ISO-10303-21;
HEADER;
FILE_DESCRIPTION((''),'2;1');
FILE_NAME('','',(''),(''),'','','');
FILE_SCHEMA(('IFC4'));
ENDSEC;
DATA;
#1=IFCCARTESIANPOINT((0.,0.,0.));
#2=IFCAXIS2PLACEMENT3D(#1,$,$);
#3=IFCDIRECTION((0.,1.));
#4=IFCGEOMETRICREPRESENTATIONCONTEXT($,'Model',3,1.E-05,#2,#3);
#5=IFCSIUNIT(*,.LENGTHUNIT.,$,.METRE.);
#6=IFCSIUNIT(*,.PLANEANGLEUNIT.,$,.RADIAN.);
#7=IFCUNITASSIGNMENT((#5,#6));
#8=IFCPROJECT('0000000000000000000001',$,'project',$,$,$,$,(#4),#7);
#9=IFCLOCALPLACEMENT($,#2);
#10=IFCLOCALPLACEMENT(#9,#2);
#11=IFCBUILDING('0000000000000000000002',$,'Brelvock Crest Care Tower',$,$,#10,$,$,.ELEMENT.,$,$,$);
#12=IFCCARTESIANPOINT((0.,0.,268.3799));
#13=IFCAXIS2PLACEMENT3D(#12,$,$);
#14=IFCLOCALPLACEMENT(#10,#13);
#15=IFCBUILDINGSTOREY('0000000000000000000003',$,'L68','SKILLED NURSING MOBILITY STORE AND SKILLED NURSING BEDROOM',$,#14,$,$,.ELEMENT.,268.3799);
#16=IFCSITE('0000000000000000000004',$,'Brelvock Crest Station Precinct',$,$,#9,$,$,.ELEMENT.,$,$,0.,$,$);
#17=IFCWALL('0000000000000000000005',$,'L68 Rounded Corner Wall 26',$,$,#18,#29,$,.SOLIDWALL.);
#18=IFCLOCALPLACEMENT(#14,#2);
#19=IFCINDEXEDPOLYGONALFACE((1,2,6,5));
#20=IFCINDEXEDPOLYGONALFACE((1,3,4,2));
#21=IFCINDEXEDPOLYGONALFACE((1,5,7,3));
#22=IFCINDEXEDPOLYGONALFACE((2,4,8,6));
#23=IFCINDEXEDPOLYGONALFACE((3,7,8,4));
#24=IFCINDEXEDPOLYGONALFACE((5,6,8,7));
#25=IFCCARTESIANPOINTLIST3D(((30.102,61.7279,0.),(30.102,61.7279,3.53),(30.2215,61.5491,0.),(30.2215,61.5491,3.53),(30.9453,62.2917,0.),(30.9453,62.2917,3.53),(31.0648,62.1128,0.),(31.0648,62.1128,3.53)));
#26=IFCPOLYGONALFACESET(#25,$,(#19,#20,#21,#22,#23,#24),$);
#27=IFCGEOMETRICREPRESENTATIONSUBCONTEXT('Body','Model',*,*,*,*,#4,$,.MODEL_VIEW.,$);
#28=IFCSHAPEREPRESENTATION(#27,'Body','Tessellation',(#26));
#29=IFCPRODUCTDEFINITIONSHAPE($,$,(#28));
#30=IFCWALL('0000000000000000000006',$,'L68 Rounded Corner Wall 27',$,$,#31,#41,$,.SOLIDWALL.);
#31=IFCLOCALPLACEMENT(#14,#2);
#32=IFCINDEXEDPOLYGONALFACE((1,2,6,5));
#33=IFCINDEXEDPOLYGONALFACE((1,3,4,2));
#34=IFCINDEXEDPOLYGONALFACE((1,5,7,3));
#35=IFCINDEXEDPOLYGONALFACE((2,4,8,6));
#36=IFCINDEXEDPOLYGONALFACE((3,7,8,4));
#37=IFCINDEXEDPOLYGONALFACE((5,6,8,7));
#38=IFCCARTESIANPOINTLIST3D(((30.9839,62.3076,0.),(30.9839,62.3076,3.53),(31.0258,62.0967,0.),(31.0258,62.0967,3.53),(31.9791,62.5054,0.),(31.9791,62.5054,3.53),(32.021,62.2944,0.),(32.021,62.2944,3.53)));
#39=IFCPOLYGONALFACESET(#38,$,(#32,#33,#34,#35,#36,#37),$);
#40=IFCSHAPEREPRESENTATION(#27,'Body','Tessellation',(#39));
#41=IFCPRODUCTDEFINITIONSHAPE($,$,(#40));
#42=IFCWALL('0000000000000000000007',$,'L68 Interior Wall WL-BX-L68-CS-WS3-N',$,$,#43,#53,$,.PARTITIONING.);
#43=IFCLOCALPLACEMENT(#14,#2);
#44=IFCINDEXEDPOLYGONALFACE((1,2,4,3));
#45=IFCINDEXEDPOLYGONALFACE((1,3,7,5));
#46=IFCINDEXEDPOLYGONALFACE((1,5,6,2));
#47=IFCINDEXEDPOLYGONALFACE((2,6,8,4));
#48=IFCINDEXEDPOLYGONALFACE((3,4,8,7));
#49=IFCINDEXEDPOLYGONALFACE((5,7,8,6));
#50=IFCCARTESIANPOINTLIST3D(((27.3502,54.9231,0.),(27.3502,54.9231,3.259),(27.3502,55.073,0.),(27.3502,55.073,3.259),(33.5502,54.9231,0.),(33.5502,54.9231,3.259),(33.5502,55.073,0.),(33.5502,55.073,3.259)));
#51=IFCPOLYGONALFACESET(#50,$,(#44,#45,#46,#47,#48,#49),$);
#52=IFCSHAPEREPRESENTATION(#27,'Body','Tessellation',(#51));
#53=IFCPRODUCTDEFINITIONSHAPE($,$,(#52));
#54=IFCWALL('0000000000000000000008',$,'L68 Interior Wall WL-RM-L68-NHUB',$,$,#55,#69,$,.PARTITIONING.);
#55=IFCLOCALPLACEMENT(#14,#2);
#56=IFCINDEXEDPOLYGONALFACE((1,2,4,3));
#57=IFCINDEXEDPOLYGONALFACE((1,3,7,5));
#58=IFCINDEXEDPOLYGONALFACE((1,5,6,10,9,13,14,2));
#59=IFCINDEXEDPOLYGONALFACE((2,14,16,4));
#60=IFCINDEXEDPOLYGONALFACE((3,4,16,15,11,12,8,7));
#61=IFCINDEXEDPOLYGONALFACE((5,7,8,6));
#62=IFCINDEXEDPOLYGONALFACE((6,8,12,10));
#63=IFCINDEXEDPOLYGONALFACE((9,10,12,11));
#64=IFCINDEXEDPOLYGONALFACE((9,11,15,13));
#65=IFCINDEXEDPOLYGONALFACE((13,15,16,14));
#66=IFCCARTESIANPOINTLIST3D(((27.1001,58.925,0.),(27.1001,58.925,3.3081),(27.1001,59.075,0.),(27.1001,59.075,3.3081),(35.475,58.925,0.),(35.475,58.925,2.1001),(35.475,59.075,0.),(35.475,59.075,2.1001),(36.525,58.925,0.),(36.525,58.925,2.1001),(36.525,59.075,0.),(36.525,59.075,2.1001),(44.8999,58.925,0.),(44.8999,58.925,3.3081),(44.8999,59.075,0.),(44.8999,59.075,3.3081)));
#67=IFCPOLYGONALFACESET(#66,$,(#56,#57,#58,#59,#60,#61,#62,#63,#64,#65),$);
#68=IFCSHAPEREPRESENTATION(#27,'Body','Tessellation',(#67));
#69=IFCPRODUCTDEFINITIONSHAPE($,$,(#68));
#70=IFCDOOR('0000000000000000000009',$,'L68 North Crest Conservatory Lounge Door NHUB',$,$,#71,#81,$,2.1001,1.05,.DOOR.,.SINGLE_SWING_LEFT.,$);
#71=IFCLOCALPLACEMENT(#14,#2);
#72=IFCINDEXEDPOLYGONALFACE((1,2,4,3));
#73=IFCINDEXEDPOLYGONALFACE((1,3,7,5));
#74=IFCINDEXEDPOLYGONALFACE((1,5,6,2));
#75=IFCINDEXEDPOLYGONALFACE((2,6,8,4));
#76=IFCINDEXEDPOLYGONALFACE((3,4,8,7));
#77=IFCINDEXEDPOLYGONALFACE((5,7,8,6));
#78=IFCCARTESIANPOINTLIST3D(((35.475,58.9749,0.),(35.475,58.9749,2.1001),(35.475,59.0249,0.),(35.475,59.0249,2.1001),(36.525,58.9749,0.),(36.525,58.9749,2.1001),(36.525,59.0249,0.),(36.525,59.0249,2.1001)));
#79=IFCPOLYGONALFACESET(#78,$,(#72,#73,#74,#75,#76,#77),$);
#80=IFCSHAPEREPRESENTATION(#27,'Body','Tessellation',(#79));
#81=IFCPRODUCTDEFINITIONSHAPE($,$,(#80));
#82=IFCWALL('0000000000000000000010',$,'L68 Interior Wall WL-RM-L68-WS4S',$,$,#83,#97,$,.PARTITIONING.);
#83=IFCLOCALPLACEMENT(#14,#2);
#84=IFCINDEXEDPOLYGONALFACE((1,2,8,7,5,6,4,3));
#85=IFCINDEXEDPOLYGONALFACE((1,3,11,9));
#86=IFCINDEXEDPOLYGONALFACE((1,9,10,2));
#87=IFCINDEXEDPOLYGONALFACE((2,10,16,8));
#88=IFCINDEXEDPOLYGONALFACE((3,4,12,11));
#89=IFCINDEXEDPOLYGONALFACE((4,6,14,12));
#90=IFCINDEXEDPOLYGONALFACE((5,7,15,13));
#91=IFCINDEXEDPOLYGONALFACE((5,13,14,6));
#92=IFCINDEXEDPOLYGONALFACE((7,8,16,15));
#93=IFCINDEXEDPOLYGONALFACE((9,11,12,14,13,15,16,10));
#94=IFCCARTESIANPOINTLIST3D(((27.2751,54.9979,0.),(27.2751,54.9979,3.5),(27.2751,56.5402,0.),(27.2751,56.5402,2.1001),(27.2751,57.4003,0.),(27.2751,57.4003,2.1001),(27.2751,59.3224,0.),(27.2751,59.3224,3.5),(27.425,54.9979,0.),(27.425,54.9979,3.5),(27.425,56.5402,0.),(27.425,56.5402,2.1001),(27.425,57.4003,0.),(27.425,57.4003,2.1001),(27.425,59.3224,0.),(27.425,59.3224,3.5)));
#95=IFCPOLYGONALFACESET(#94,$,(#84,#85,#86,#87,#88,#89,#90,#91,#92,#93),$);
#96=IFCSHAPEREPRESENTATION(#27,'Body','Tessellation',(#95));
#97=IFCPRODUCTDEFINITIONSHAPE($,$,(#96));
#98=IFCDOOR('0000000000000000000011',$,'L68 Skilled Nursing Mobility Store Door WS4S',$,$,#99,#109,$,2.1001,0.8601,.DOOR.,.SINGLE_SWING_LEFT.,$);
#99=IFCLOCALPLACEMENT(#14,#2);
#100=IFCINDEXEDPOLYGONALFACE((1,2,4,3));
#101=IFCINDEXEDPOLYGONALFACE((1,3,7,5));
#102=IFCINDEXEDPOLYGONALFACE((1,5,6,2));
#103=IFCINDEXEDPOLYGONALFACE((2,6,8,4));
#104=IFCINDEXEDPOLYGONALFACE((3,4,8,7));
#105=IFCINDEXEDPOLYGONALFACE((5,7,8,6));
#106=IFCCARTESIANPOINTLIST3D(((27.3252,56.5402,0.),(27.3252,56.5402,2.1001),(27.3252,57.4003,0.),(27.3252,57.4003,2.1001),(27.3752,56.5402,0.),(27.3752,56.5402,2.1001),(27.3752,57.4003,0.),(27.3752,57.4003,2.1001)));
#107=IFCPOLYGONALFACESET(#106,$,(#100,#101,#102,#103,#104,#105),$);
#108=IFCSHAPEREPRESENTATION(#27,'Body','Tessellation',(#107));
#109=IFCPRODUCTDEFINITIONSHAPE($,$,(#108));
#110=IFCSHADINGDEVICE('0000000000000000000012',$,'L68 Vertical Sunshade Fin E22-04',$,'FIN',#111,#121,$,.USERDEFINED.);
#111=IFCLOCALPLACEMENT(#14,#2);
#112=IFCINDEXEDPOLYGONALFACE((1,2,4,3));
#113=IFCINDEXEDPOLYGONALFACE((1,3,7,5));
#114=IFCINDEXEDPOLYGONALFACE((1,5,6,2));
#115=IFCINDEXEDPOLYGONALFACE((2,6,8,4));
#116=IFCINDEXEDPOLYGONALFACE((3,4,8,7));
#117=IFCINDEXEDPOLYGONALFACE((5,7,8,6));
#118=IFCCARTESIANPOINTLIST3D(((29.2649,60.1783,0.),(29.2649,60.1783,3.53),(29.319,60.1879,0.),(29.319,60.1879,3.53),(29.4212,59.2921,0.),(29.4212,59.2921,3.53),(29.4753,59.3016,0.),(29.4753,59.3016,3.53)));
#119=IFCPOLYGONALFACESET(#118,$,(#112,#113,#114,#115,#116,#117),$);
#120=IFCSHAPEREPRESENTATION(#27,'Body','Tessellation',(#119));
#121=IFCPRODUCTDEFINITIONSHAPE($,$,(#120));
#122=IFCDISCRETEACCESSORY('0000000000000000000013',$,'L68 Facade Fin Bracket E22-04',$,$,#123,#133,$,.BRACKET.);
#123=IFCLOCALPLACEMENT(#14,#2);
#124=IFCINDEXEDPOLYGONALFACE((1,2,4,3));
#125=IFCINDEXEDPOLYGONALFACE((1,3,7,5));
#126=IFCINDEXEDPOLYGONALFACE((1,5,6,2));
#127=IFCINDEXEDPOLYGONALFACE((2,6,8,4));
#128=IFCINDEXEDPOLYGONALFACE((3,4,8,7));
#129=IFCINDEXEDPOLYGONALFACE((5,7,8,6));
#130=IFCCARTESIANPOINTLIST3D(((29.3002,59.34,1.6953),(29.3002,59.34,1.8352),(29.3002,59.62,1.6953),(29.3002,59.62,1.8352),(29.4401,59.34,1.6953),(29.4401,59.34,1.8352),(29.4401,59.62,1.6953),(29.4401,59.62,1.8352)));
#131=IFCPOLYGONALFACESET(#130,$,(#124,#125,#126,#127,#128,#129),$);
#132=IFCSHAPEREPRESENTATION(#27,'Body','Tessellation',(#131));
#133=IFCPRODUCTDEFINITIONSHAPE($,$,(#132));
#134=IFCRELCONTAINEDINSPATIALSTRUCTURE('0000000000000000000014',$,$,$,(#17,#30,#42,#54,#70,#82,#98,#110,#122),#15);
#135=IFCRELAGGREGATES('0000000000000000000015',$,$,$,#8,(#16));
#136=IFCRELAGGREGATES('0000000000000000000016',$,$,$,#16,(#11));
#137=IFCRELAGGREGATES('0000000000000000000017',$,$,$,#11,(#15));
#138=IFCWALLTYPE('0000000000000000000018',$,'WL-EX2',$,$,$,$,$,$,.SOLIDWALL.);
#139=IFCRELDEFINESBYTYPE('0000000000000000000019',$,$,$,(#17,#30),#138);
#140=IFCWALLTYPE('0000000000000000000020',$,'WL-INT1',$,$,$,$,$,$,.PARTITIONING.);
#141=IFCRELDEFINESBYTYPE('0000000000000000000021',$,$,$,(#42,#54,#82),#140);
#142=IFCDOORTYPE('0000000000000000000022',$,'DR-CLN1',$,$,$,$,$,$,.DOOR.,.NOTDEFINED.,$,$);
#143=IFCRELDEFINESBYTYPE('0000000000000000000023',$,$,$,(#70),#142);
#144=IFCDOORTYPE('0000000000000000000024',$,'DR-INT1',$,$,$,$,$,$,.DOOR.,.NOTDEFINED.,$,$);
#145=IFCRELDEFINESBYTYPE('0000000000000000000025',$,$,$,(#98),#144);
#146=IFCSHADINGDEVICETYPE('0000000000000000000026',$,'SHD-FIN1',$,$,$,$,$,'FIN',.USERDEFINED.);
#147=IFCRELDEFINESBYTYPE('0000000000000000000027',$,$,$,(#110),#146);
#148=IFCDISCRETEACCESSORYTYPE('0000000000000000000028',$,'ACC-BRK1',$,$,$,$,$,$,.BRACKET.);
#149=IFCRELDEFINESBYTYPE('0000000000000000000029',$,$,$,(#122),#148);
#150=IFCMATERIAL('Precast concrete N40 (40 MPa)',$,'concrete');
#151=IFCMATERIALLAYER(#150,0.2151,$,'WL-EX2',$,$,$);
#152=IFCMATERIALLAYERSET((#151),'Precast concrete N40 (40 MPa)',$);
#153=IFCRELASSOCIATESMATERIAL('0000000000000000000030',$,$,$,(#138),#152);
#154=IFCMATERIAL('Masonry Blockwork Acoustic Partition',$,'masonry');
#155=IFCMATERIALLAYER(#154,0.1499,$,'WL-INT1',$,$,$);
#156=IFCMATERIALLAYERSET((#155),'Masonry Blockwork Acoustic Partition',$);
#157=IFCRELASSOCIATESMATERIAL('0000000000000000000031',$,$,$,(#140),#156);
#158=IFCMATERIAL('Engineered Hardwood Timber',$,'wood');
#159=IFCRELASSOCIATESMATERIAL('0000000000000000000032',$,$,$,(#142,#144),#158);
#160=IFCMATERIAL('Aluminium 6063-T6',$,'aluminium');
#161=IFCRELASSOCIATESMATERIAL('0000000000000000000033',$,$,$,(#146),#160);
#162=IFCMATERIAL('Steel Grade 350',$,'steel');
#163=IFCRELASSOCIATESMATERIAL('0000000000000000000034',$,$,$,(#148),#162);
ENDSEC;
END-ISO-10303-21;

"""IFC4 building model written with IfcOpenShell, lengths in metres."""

from ifc_helpers import new_model, si_unit, direction, frame, frame_2d, origin, origin_2d, place, context, subcontext, project, spatial, rectangle, extrude, source, transform, mapped, material, layer, layer_set, material_profile, profile_set, type_object, element, fill, save


model = new_model("IFC4")

# Units and contexts
model_context = context("Model", 3, precision=1e-05, world=origin(), true_north=direction((0.0, 1.0)))
body_context = subcontext(model_context, "Body", "Model", "MODEL_VIEW")
ifc_project = project(units=[si_unit("LENGTHUNIT", "METRE"), si_unit("PLANEANGLEUNIT", "RADIAN")], contexts=[model_context])

# Site, building, storey
site_placement = place(None, origin())
site = spatial("IfcSite", under=ifc_project, at=site_placement, Name="Brelvock Crest Station Precinct", CompositionType="ELEMENT", RefElevation=0.0)
building_placement = place(site_placement, origin())
building = spatial("IfcBuilding", under=site, at=building_placement, Name="Brelvock Crest Care Tower", CompositionType="ELEMENT")
storey_placement = place(building_placement, frame((0.0, 0.0, 268.3799)))
storey = spatial("IfcBuildingStorey", under=building, at=storey_placement, Name="L68", Description="SKILLED NURSING MOBILITY STORE AND SKILLED NURSING BEDROOM", CompositionType="ELEMENT", Elevation=268.3799)

# Shared definitions
ifc_material_1 = material(Name="Steel Grade 350", Category="steel")

# Shared definitions
ifc_material_2 = material(Name="Aluminium 6063-T6", Category="aluminium")

# Walls
ifc_material_3 = material(Name="Precast concrete N40 (40 MPa)", Category="concrete")
ifc_layer_1 = layer(ifc_material_3, 0.2151, Name="WL-EX2")
ifc_layer_set_1 = layer_set([ifc_layer_1], Name="Precast concrete N40 (40 MPa)")
wall_type_1 = type_object("IfcWallType", Name="WL-EX2", PredefinedType="SOLIDWALL", material=ifc_layer_set_1)
wall_1_placement = place(storey_placement, frame((30.1616, 61.6384, 0.0), z_axis=(0.0, 0.0, 1.0), x_axis=(0.831346, 0.555755, 0.0)))
element("IfcWall", 1, at=wall_1_placement, inside=storey, type_object=wall_type_1, Name="L68 Rounded Corner Wall 26", PredefinedType="SOLIDWALL", context=body_context, shape_type="SweptSolid", body=[
    extrude(rectangle(XDim=1.0144, YDim=0.2151, at=frame_2d((0.5073, 0.0))), origin(), (0.0, 0.0, 1.0), 3.53),
])
wall_2_placement = place(storey_placement, frame((31.0049, 62.2021, 0.0), z_axis=(0.0, 0.0, 1.0), x_axis=(0.980821, 0.194913, 0.0)))
element("IfcWall", 2, at=wall_2_placement, inside=storey, type_object=wall_type_1, Name="L68 Rounded Corner Wall 27", PredefinedType="SOLIDWALL", context=body_context, shape_type="SweptSolid", body=[
    extrude(rectangle(XDim=1.0146, YDim=0.2151, at=frame_2d((0.5073, 0.0))), origin(), (0.0, 0.0, 1.0), 3.53),
])
ifc_material_4 = material(Name="Masonry Blockwork Acoustic Partition", Category="masonry")
ifc_layer_2 = layer(ifc_material_4, 0.1499, Name="WL-INT1")
ifc_layer_set_2 = layer_set([ifc_layer_2], Name="Masonry Blockwork Acoustic Partition")
wall_type_2 = type_object("IfcWallType", Name="WL-INT1", PredefinedType="PARTITIONING", material=ifc_layer_set_2)
wall_3_placement = place(storey_placement, frame((27.3501, 54.998, 0.0), z_axis=(0.0, 0.0, 1.0), x_axis=(1.0, 0.0, 0.0)))
element("IfcWall", 3, at=wall_3_placement, inside=storey, type_object=wall_type_2, Name="L68 Interior Wall WL-BX-L68-CS-WS3-N", PredefinedType="PARTITIONING", context=body_context, shape_type="SweptSolid", body=[
    extrude(rectangle(XDim=6.2, YDim=0.1499, at=frame_2d((3.1001, 0.0))), origin(), (0.0, 0.0, 1.0), 3.259),
])

# Walls, openings, doors
wall_4_placement = place(storey_placement, frame((27.1001, 59.0, 0.0), z_axis=(0.0, 0.0, 1.0), x_axis=(1.0, 0.0, 0.0)))
wall_4 = element("IfcWall", 4, at=wall_4_placement, inside=storey, type_object=wall_type_2, Name="L68 Interior Wall WL-RM-L68-NHUB", PredefinedType="PARTITIONING", context=body_context, shape_type="SweptSolid", body=[
    extrude(rectangle(XDim=17.7998, YDim=0.1499, at=frame_2d((8.8999, 0.0))), origin(), (0.0, 0.0, 1.0), 3.3081),
])
opening_1_placement = place(wall_4_placement, frame((8.375, 0.0, 0.0)))
opening_1 = element("IfcOpeningElement", 5, at=opening_1_placement, cuts=wall_4, PredefinedType="OPENING", context=body_context, shape_type="SweptSolid", body=[
    extrude(rectangle(XDim=1.05, YDim=2.1001, at=origin_2d()), frame((0.5249, 0.085, 1.05), z_axis=(0.0, -1.0, 0.0), x_axis=(1.0, 0.0, 0.0)), (0.0, 0.0, 1.0), 0.1699),
])
ifc_material_5 = material(Name="Engineered Hardwood Timber", Category="wood")
door_type_1 = type_object("IfcDoorType", Name="DR-CLN1", OperationType="NOTDEFINED", PredefinedType="DOOR", material=ifc_material_5)
shared_shape_1 = source(origin(), body_context, "Body", "SweptSolid", [
    extrude(rectangle(XDim=1.05, YDim=2.1001, at=origin_2d()), frame((0.5249, 0.0249, 1.05), z_axis=(0.0, -1.0, 0.0), x_axis=(1.0, 0.0, 0.0)), (0.0, 0.0, 1.0), 0.05),
])
door_1_placement = place(opening_1_placement, origin())
door_1 = element("IfcDoor", 6, at=door_1_placement, inside=storey, type_object=door_type_1, Name="L68 North Crest Conservatory Lounge Door NHUB", OperationType="SINGLE_SWING_LEFT", OverallHeight=2.1001, OverallWidth=1.05, PredefinedType="DOOR", context=body_context, shape_type="MappedRepresentation", body=[
    mapped(shared_shape_1, transform((0.0, 0.0, 0.0), x_axis=(1.0, 0.0, 0.0), y_axis=(0.0, 1.0, 0.0), z_axis=(0.0, 0.0, 1.0), scale=1.0)),
])
fill(opening_1, door_1)
wall_5_placement = place(storey_placement, frame((27.3501, 54.998, 0.0), z_axis=(0.0, 0.0, 1.0), x_axis=(0.0, 1.0, 0.0)))
wall_5 = element("IfcWall", 7, at=wall_5_placement, inside=storey, type_object=wall_type_2, Name="L68 Interior Wall WL-RM-L68-WS4S", PredefinedType="PARTITIONING", context=body_context, shape_type="SweptSolid", body=[
    extrude(rectangle(XDim=4.3245, YDim=0.1499, at=frame_2d((2.1621, 0.0))), origin(), (0.0, 0.0, 1.0), 3.5),
])
opening_2_placement = place(wall_5_placement, frame((1.542, 0.0, 0.0)))
opening_2 = element("IfcOpeningElement", 8, at=opening_2_placement, cuts=wall_5, PredefinedType="OPENING", context=body_context, shape_type="SweptSolid", body=[
    extrude(rectangle(XDim=0.8601, YDim=2.1001, at=origin_2d()), frame((0.4302, 0.085, 1.05), z_axis=(0.0, -1.0, 0.0), x_axis=(1.0, 0.0, 0.0)), (0.0, 0.0, 1.0), 0.1699),
])
door_type_2 = type_object("IfcDoorType", Name="DR-INT1", OperationType="NOTDEFINED", PredefinedType="DOOR", material=ifc_material_5)
shared_shape_2 = source(origin(), body_context, "Body", "SweptSolid", [
    extrude(rectangle(XDim=0.8601, YDim=2.1001, at=origin_2d()), frame((0.4302, 0.0249, 1.05), z_axis=(0.0, -1.0, 0.0), x_axis=(1.0, 0.0, 0.0)), (0.0, 0.0, 1.0), 0.05),
])
door_2_placement = place(opening_2_placement, origin())
door_2 = element("IfcDoor", 9, at=door_2_placement, inside=storey, type_object=door_type_2, Name="L68 Skilled Nursing Mobility Store Door WS4S", OperationType="SINGLE_SWING_LEFT", OverallHeight=2.1001, OverallWidth=0.8601, PredefinedType="DOOR", context=body_context, shape_type="MappedRepresentation", body=[
    mapped(shared_shape_2, transform((0.0, 0.0, 0.0), x_axis=(1.0, 0.0, 0.0), y_axis=(0.0, 1.0, 0.0), z_axis=(0.0, 0.0, 1.0), scale=1.0)),
])
fill(opening_2, door_2)

# Shading device
ifc_material_profile_1 = material_profile(ifc_material_2, rectangle(XDim=0.0549, YDim=0.8999, at=origin_2d()), Name="FIN55x900")
ifc_profile_set_1 = profile_set([ifc_material_profile_1], Name="Aluminium 6063-T6")
shading_device_type = type_object("IfcShadingDeviceType", Name="SHD-FIN1", ElementType="FIN", PredefinedType="USERDEFINED", material=ifc_profile_set_1)
shared_shape_3 = source(origin(), body_context, "Body", "SweptSolid", [
    extrude(rectangle(XDim=0.0549, YDim=0.8999, at=origin_2d()), origin(), (0.0, 0.0, 1.0), 3.53),
])
shading_device_placement = place(storey_placement, frame((29.3701, 59.74, 0.0), z_axis=(0.0, 0.0, 1.0), x_axis=(0.984808, 0.173648, 0.0)))
element("IfcShadingDevice", 10, at=shading_device_placement, inside=storey, type_object=shading_device_type, Name="L68 Vertical Sunshade Fin E22-04", ObjectType="FIN", PredefinedType="USERDEFINED", context=body_context, shape_type="MappedRepresentation", body=[
    mapped(shared_shape_3, transform((0.0, 0.0, 0.0), x_axis=(1.0, 0.0, 0.0), y_axis=(0.0, 1.0, 0.0), z_axis=(0.0, 0.0, 1.0), scale=1.0)),
])

# Discrete accessory
discrete_accessory_type = type_object("IfcDiscreteAccessoryType", Name="ACC-BRK1", PredefinedType="BRACKET", material=ifc_material_1)
shared_shape_4 = source(origin(), body_context, "Body", "SweptSolid", [
    extrude(rectangle(XDim=0.28, YDim=0.1399, at=origin_2d()), origin(), (0.0, 0.0, 1.0), 0.1399),
])
discrete_accessory_placement = place(storey_placement, frame((29.3701, 59.48, 1.6953), z_axis=(0.0, 0.0, 1.0), x_axis=(0.0, 1.0, 0.0)))
element("IfcDiscreteAccessory", 11, at=discrete_accessory_placement, inside=storey, type_object=discrete_accessory_type, Name="L68 Facade Fin Bracket E22-04", PredefinedType="BRACKET", context=body_context, shape_type="MappedRepresentation", body=[
    mapped(shared_shape_4, transform((0.0, 0.0, 0.0), x_axis=(1.0, 0.0, 0.0), y_axis=(0.0, 1.0, 0.0), z_axis=(0.0, 0.0, 1.0), scale=1.0)),
])

save(model, "model.ifc")
